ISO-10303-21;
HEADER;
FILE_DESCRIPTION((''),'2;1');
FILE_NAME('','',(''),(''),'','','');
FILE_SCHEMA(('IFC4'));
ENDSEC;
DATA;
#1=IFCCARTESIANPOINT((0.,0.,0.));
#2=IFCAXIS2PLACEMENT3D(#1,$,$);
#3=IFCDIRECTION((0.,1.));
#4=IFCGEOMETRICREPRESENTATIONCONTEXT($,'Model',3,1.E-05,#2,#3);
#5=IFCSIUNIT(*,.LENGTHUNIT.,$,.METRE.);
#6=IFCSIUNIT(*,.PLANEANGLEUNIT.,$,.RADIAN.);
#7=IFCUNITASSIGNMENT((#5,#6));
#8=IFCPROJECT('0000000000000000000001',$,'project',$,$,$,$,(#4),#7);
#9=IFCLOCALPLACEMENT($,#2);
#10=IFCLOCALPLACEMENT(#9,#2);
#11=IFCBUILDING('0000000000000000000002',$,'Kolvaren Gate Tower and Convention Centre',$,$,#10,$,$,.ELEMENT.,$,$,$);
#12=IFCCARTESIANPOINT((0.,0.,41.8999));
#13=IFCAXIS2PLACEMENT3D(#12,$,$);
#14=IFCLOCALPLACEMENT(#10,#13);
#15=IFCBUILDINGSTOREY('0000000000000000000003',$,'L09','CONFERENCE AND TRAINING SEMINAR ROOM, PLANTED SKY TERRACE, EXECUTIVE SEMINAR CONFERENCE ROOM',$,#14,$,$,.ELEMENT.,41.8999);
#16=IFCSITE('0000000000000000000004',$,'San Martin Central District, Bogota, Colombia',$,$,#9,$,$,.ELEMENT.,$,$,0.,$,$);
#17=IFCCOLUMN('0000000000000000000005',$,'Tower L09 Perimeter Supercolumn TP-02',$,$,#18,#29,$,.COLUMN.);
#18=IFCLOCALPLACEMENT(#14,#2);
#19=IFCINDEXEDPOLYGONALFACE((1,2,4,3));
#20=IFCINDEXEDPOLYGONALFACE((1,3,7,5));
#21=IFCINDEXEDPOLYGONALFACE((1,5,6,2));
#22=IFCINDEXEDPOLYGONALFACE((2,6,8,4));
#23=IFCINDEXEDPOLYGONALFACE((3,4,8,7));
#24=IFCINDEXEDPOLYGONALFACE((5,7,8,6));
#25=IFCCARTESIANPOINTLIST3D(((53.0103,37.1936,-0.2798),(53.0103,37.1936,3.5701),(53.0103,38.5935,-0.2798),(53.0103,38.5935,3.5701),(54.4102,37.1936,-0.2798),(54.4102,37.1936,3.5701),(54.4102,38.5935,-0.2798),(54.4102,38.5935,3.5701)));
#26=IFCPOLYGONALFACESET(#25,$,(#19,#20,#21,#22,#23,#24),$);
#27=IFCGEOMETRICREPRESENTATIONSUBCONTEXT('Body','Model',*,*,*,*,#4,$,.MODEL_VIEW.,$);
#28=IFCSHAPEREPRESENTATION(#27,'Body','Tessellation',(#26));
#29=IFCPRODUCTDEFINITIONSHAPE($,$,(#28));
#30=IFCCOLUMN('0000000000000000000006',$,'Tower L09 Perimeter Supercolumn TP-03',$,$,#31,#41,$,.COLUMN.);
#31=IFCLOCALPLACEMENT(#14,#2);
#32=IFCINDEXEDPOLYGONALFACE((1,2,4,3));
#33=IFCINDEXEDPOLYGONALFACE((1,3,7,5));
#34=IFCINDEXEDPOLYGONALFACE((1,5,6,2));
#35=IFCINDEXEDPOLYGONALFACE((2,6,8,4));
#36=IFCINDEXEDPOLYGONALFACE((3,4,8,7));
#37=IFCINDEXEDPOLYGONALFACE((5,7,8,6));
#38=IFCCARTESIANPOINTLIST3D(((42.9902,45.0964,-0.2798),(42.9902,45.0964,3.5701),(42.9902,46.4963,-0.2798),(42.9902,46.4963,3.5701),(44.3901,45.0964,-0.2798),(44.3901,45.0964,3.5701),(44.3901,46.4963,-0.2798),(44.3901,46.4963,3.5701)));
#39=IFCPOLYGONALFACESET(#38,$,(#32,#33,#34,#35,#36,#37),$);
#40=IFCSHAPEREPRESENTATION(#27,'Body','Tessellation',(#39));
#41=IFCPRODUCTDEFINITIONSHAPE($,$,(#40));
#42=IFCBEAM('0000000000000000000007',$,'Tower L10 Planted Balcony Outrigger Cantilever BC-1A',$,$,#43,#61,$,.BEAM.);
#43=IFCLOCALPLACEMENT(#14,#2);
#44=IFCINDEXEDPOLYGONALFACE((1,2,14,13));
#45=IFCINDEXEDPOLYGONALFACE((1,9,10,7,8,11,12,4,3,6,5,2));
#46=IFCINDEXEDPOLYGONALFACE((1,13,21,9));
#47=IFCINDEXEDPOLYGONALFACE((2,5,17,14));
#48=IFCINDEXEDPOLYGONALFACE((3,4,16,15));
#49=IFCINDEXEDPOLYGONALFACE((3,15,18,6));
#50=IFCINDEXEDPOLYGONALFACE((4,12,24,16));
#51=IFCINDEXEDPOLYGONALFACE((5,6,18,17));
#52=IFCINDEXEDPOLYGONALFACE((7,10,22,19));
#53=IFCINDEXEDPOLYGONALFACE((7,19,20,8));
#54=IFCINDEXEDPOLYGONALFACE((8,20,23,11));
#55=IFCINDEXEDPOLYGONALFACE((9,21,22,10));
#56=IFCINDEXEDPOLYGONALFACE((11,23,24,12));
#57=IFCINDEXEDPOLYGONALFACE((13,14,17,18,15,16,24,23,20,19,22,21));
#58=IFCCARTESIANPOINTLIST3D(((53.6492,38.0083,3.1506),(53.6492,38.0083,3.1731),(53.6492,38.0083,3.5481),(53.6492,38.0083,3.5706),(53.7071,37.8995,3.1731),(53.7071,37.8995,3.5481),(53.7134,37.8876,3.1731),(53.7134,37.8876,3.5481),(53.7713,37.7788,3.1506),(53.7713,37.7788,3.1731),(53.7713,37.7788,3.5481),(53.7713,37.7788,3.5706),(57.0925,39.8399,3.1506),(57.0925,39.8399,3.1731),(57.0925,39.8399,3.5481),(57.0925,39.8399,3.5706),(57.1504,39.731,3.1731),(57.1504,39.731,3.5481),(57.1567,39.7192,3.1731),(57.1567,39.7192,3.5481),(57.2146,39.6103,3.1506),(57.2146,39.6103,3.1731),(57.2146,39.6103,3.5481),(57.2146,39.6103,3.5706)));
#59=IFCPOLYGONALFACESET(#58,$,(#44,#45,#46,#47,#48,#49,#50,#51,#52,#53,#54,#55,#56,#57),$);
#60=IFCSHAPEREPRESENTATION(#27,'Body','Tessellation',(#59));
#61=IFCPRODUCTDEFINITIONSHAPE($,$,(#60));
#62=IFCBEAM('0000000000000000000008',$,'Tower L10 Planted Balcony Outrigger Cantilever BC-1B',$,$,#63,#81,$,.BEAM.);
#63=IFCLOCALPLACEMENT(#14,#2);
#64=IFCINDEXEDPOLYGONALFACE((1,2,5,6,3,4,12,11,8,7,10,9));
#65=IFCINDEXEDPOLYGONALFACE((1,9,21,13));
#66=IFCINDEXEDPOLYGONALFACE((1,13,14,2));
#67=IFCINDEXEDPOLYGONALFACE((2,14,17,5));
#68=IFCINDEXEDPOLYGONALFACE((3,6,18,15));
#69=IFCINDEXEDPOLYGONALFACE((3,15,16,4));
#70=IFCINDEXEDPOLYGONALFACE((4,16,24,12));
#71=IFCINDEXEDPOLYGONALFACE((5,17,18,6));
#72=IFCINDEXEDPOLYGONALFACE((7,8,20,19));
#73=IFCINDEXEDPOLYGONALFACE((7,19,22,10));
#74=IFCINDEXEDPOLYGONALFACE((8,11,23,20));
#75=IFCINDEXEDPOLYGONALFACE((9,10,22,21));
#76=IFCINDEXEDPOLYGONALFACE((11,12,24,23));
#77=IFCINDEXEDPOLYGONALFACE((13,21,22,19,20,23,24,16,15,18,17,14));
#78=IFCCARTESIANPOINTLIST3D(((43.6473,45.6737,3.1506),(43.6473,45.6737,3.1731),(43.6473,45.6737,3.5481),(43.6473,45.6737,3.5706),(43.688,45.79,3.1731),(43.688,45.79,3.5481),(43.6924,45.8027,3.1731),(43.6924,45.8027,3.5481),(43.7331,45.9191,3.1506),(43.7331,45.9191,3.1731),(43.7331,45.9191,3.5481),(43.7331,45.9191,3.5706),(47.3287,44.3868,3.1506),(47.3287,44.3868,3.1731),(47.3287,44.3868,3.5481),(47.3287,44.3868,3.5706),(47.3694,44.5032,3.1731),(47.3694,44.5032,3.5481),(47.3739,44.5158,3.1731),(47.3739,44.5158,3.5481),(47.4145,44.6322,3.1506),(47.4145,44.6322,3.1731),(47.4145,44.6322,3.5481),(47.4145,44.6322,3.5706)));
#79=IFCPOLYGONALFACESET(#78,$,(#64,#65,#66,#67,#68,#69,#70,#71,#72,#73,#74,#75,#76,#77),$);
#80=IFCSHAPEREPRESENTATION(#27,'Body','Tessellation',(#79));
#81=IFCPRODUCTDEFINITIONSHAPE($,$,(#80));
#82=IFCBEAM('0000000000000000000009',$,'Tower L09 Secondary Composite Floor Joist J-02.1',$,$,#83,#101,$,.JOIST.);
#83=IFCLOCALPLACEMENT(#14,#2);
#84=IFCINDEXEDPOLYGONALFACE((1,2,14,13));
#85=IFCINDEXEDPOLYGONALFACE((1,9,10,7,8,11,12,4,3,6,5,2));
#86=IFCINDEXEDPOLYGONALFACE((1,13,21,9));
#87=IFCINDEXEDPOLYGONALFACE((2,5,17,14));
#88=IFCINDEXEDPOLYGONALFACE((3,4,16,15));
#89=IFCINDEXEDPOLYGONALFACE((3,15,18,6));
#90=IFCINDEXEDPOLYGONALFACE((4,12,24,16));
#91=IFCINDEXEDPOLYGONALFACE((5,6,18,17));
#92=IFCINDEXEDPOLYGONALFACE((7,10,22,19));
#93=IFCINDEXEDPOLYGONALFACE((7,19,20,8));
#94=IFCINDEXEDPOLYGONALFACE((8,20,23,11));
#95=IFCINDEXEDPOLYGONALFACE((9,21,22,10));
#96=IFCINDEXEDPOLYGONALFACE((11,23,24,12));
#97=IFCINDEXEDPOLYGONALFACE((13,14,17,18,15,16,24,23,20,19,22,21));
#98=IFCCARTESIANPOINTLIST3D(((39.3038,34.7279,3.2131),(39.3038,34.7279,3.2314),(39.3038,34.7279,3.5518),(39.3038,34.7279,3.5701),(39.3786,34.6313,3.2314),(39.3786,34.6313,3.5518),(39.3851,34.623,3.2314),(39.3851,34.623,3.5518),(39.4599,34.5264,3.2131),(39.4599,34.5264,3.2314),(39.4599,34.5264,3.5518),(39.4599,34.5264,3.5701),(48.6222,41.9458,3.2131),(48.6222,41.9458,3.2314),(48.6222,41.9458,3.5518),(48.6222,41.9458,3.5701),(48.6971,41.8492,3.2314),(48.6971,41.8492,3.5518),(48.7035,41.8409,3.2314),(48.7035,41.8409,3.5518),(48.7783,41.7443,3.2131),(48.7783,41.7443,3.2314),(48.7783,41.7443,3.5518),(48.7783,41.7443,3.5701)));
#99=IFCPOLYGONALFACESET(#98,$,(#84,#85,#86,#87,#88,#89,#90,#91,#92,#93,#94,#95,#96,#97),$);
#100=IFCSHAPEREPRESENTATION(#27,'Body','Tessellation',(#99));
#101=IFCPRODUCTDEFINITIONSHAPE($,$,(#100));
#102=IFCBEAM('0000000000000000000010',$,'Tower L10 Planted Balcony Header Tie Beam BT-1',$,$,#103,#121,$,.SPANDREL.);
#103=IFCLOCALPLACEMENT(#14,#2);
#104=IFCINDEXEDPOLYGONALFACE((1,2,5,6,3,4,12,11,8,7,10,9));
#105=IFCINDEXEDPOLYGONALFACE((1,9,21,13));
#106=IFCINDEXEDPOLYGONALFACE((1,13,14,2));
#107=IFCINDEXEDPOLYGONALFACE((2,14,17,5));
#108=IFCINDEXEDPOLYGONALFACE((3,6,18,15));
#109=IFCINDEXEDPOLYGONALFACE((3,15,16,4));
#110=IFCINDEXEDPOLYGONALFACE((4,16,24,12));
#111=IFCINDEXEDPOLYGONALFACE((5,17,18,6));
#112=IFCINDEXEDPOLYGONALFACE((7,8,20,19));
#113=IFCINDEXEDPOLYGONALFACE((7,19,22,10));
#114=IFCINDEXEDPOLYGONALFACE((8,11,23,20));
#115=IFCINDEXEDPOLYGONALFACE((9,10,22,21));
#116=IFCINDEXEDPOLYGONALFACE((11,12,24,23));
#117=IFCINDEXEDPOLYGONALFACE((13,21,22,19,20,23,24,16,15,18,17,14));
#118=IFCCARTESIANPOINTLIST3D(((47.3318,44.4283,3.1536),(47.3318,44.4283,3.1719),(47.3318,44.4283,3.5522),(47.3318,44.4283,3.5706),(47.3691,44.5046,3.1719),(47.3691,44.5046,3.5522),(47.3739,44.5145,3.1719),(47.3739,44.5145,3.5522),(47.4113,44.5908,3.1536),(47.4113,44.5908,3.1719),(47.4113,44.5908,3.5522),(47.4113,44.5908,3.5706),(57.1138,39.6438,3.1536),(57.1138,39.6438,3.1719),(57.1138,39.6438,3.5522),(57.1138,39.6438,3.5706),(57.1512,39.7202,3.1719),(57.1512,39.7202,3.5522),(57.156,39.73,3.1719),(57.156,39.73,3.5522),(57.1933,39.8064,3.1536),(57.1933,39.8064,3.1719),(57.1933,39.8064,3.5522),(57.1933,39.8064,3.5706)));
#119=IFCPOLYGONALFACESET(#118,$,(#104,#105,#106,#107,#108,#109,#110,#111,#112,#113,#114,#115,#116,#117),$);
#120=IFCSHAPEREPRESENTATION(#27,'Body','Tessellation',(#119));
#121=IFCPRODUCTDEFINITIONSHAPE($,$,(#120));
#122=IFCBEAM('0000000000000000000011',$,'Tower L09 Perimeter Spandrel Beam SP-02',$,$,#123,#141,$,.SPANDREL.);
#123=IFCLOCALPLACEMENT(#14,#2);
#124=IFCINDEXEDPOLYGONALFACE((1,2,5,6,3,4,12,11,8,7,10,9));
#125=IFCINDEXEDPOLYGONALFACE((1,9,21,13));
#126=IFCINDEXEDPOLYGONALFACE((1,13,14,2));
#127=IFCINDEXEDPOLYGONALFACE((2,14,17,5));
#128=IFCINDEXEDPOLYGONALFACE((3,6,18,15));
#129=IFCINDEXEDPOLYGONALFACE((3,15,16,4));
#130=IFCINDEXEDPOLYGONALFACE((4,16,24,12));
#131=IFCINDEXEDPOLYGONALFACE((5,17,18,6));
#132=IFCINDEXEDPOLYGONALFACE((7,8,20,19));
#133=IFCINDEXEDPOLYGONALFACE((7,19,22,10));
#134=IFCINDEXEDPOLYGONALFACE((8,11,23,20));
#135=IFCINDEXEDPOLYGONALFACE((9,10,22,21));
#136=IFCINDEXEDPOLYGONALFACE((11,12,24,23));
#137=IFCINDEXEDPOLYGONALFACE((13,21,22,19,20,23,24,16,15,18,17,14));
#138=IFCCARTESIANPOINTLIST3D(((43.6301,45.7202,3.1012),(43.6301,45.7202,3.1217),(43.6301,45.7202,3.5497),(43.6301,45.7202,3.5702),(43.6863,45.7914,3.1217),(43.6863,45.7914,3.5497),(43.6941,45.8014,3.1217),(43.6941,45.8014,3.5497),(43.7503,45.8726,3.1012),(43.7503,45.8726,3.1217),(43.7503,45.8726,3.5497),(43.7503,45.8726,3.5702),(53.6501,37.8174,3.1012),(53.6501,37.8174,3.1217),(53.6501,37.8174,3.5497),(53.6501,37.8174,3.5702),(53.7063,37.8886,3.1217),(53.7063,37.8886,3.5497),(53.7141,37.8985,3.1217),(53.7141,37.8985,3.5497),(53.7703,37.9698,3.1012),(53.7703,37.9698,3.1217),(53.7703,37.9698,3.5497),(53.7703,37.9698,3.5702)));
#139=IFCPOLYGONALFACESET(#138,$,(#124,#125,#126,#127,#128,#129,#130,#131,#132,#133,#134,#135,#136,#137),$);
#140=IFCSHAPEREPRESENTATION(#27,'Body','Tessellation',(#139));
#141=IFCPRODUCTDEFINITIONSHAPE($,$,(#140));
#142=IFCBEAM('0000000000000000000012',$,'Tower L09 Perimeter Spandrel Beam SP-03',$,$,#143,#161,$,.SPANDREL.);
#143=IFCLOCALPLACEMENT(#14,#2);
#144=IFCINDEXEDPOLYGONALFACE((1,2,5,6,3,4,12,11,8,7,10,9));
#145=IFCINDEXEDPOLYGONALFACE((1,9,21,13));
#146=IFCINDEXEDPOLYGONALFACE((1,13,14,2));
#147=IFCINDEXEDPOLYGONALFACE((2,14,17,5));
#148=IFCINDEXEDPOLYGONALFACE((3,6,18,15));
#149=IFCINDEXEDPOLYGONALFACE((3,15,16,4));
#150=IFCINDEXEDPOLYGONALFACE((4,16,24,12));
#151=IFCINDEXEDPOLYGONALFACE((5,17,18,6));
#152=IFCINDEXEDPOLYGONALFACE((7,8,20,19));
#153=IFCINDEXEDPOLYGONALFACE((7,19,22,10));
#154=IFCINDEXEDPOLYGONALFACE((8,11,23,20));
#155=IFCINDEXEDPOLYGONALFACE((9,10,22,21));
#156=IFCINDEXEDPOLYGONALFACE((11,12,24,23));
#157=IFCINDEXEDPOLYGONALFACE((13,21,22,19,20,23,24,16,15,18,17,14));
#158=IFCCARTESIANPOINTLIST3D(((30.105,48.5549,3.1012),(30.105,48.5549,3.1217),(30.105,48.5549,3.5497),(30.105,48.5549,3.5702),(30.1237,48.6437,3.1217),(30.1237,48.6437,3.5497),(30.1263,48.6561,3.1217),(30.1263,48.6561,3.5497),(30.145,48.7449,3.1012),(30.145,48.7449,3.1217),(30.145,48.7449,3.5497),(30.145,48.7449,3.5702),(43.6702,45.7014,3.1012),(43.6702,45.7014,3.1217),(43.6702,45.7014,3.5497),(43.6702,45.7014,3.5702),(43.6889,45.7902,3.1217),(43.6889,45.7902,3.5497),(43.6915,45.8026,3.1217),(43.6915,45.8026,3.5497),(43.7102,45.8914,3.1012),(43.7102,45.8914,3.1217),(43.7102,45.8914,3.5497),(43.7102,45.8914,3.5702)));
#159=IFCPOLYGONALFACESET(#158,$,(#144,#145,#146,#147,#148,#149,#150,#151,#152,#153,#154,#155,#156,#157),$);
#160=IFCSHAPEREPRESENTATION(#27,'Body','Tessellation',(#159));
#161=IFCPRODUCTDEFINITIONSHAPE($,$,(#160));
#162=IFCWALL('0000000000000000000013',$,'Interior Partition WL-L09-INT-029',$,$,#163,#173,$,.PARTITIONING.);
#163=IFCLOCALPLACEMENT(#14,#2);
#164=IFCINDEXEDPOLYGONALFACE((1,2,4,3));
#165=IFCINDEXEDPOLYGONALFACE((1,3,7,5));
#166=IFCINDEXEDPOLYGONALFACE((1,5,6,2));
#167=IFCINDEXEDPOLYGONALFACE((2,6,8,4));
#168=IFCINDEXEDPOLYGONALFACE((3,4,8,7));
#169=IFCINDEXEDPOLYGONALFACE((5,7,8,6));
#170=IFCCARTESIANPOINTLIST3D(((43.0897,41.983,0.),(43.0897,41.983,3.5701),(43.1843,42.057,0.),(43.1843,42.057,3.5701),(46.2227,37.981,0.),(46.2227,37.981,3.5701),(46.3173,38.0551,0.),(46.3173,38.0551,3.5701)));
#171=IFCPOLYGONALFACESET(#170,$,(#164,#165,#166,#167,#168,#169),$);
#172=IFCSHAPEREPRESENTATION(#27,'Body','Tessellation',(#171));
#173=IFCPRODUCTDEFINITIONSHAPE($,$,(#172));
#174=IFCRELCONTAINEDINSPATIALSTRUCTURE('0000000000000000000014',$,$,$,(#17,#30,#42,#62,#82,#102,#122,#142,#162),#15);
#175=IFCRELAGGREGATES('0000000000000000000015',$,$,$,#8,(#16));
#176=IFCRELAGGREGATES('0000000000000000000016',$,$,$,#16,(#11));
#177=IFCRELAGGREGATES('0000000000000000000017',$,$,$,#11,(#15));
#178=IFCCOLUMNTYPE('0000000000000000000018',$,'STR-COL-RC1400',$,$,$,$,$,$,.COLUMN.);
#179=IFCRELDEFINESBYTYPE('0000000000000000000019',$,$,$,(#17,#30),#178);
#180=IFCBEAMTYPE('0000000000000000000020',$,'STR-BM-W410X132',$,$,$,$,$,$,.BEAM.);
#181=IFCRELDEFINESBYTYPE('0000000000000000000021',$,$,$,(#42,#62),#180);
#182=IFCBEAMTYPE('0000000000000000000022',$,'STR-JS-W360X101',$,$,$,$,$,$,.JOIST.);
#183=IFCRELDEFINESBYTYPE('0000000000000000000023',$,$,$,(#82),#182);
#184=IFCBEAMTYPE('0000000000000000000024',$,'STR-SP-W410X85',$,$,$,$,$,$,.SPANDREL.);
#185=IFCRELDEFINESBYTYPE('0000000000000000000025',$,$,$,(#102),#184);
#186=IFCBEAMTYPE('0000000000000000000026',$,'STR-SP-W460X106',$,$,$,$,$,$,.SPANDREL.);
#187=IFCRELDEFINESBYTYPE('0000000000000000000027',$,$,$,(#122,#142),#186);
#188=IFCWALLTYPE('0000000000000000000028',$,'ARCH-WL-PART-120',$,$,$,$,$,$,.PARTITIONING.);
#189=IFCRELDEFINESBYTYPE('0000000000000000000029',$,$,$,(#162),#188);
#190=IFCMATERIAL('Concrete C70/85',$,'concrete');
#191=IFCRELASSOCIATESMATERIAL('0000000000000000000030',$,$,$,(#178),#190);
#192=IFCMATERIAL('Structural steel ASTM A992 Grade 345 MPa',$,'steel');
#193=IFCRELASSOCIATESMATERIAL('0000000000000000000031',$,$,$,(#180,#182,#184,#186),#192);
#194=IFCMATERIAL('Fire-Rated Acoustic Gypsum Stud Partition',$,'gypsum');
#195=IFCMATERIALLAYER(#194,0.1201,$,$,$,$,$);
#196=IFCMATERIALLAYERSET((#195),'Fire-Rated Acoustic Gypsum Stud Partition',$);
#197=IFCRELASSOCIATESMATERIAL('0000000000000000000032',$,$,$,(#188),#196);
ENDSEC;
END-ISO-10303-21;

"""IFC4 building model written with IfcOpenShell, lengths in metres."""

from ifc_helpers import new_model, si_unit, direction, frame, frame_2d, origin, origin_2d, place, context, subcontext, project, spatial, rectangle, i_section, extrude, material, layer, layer_set, material_profile, profile_set, type_object, element, save


model = new_model("IFC4")

# Units and contexts
model_context = context("Model", 3, precision=1e-05, world=origin(), true_north=direction((0.0, 1.0)))
body_context = subcontext(model_context, "Body", "Model", "MODEL_VIEW")
ifc_project = project(units=[si_unit("LENGTHUNIT", "METRE"), si_unit("PLANEANGLEUNIT", "RADIAN")], contexts=[model_context])

# Site, building, storey
site_placement = place(None, origin())
site = spatial("IfcSite", under=ifc_project, at=site_placement, Name="San Martin Central District, Bogota, Colombia", CompositionType="ELEMENT", RefElevation=0.0)
building_placement = place(site_placement, origin())
building = spatial("IfcBuilding", under=site, at=building_placement, Name="Kolvaren Gate Tower and Convention Centre", CompositionType="ELEMENT")
storey_placement = place(building_placement, frame((0.0, 0.0, 41.8999)))
storey = spatial("IfcBuildingStorey", under=building, at=storey_placement, Name="L09", Description="CONFERENCE AND TRAINING SEMINAR ROOM, PLANTED SKY TERRACE, EXECUTIVE SEMINAR CONFERENCE ROOM", CompositionType="ELEMENT", Elevation=41.8999)

# Columns
ifc_material_1 = material(Name="Concrete C70/85", Category="concrete")
ifc_material_profile_1 = material_profile(ifc_material_1, rectangle(XDim=1.3999, YDim=1.3999, at=origin_2d()), Name="RC-COL-1400X1400")
ifc_profile_set_1 = profile_set([ifc_material_profile_1], Name="Concrete C70/85")
column_type = type_object("IfcColumnType", Name="STR-COL-RC1400", PredefinedType="COLUMN", material=ifc_profile_set_1)
for number, where, z_axis, x_axis, name in (
    (1, (53.7102, 37.8936, -0.2798), (0.0, 0.0, 1.0), (1.0, 0.0, 0.0), "Tower L09 Perimeter Supercolumn TP-02"),
    (2, (43.6902, 45.7964, -0.2798), (0.0, 0.0, 1.0), (1.0, 0.0, 0.0), "Tower L09 Perimeter Supercolumn TP-03"),
):
    element("IfcColumn", number, at=place(storey_placement, frame(where, z_axis=z_axis, x_axis=x_axis)), inside=storey, type_object=column_type, Name=name, PredefinedType="COLUMN", context=body_context, shape_type="SweptSolid", body=[
        extrude(rectangle(XDim=1.3999, YDim=1.3999, at=origin_2d()), origin(), (0.0, 0.0, 1.0), 3.8499),
    ])

# Beams
ifc_material_2 = material(Name="Structural steel ASTM A992 Grade 345 MPa", Category="steel")
ifc_material_profile_2 = material_profile(ifc_material_2, i_section(OverallWidth=0.26, OverallDepth=0.4199, WebThickness=0.0134, FlangeThickness=0.0225, at=origin_2d()), Name="W410X132")
ifc_profile_set_2 = profile_set([ifc_material_profile_2], Name="Structural steel ASTM A992 Grade 345 MPa")
beam_type_1 = type_object("IfcBeamType", Name="STR-BM-W410X132", PredefinedType="BEAM", material=ifc_profile_set_2)
beam_1_placement = place(storey_placement, frame((53.7102, 37.8936, 3.3606), z_axis=(0.882876, 0.469607, 0.0), x_axis=(-0.469607, 0.882876, 0.0)))
element("IfcBeam", 3, at=beam_1_placement, inside=storey, type_object=beam_type_1, Name="Tower L10 Planted Balcony Outrigger Cantilever BC-1A", PredefinedType="BEAM", context=body_context, shape_type="SweptSolid", body=[
    extrude(i_section(OverallWidth=0.26, OverallDepth=0.4199, WebThickness=0.0134, FlangeThickness=0.0225, at=origin_2d()), origin(), (0.0, 0.0, 1.0), 3.9001),
])
beam_2_placement = place(storey_placement, frame((43.6902, 45.7964, 3.3606), z_axis=(0.943988, -0.32998, 0.0), x_axis=(0.32998, 0.943988, 0.0)))
element("IfcBeam", 4, at=beam_2_placement, inside=storey, type_object=beam_type_1, Name="Tower L10 Planted Balcony Outrigger Cantilever BC-1B", PredefinedType="BEAM", context=body_context, shape_type="SweptSolid", body=[
    extrude(i_section(OverallWidth=0.26, OverallDepth=0.4199, WebThickness=0.0134, FlangeThickness=0.0225, at=origin_2d()), origin(), (0.0, 0.0, 1.0), 3.8999),
])
ifc_material_profile_3 = material_profile(ifc_material_2, i_section(OverallWidth=0.2549, OverallDepth=0.3569, WebThickness=0.0105, FlangeThickness=0.0183, at=origin_2d()), Name="W360X101")
ifc_profile_set_3 = profile_set([ifc_material_profile_3], Name="Structural steel ASTM A992 Grade 345 MPa")
beam_type_2 = type_object("IfcBeamType", Name="STR-JS-W360X101", PredefinedType="JOIST", material=ifc_profile_set_3)
beam_3_placement = place(storey_placement, frame((39.3818, 34.6272, 3.3916), z_axis=(0.790577, 0.612362, 0.0), x_axis=(-0.612362, 0.790577, 0.0)))
element("IfcBeam", 5, at=beam_3_placement, inside=storey, type_object=beam_type_2, Name="Tower L09 Secondary Composite Floor Joist J-02.1", PredefinedType="JOIST", context=body_context, shape_type="SweptSolid", body=[
    extrude(i_section(OverallWidth=0.2549, OverallDepth=0.3569, WebThickness=0.0105, FlangeThickness=0.0183, at=origin_2d()), origin(), (0.0, 0.0, 1.0), 11.7869),
])
ifc_material_profile_4 = material_profile(ifc_material_2, i_section(OverallWidth=0.1809, OverallDepth=0.417, WebThickness=0.011, FlangeThickness=0.0183, at=origin_2d()), Name="W410X85")
ifc_profile_set_4 = profile_set([ifc_material_profile_4], Name="Structural steel ASTM A992 Grade 345 MPa")
beam_type_3 = type_object("IfcBeamType", Name="STR-SP-W410X85", PredefinedType="SPANDREL", material=ifc_profile_set_4)
beam_4_placement = place(storey_placement, frame((57.1536, 39.7251, 3.3621), z_axis=(-0.898307, 0.439367, 0.0), x_axis=(-0.439367, -0.898307, 0.0)))
element("IfcBeam", 6, at=beam_4_placement, inside=storey, type_object=beam_type_3, Name="Tower L10 Planted Balcony Header Tie Beam BT-1", PredefinedType="SPANDREL", context=body_context, shape_type="SweptSolid", body=[
    extrude(i_section(OverallWidth=0.1809, OverallDepth=0.417, WebThickness=0.011, FlangeThickness=0.0183, at=origin_2d()), origin(), (0.0, 0.0, 1.0), 10.8894),
])
ifc_material_profile_5 = material_profile(ifc_material_2, i_section(OverallWidth=0.1941, OverallDepth=0.469, WebThickness=0.0127, FlangeThickness=0.0205, at=origin_2d()), Name="W460X106")
ifc_profile_set_5 = profile_set([ifc_material_profile_5], Name="Structural steel ASTM A992 Grade 345 MPa")
beam_type_4 = type_object("IfcBeamType", Name="STR-SP-W460X106", PredefinedType="SPANDREL", material=ifc_profile_set_5)
beam_5_placement = place(storey_placement, frame((53.7102, 37.8936, 3.3357), z_axis=(-0.785176, 0.619272, 0.0), x_axis=(-0.619272, -0.785176, 0.0)))
element("IfcBeam", 7, at=beam_5_placement, inside=storey, type_object=beam_type_4, Name="Tower L09 Perimeter Spandrel Beam SP-02", PredefinedType="SPANDREL", context=body_context, shape_type="SweptSolid", body=[
    extrude(i_section(OverallWidth=0.1941, OverallDepth=0.469, WebThickness=0.0127, FlangeThickness=0.0205, at=origin_2d()), origin(), (0.0, 0.0, 1.0), 12.7615),
])
beam_6_placement = place(storey_placement, frame((43.6902, 45.7964, 3.3357), z_axis=(-0.978583, 0.205851, 0.0), x_axis=(-0.205851, -0.978583, 0.0)))
element("IfcBeam", 8, at=beam_6_placement, inside=storey, type_object=beam_type_4, Name="Tower L09 Perimeter Spandrel Beam SP-03", PredefinedType="SPANDREL", context=body_context, shape_type="SweptSolid", body=[
    extrude(i_section(OverallWidth=0.1941, OverallDepth=0.469, WebThickness=0.0127, FlangeThickness=0.0205, at=origin_2d()), origin(), (0.0, 0.0, 1.0), 13.8621),
])

# Wall
ifc_material_3 = material(Name="Fire-Rated Acoustic Gypsum Stud Partition", Category="gypsum")
ifc_layer_1 = layer(ifc_material_3, 0.1201)
ifc_layer_set_1 = layer_set([ifc_layer_1], Name="Fire-Rated Acoustic Gypsum Stud Partition")
wall_type_1 = type_object("IfcWallType", Name="ARCH-WL-PART-120", PredefinedType="PARTITIONING", material=ifc_layer_set_1)
wall_1_placement = place(storey_placement, frame((43.137, 42.02, 0.0), z_axis=(0.0, 0.0, 1.0), x_axis=(0.616442, -0.787401, 0.0)))
element("IfcWall", 9, at=wall_1_placement, inside=storey, type_object=wall_type_1, Name="Interior Partition WL-L09-INT-029", PredefinedType="PARTITIONING", context=body_context, shape_type="SweptSolid", body=[
    extrude(rectangle(XDim=5.0825, YDim=0.1201, at=frame_2d((2.5413, 0.0))), origin(), (0.0, 0.0, 1.0), 3.5701),
])

save(model, "model.ifc")
